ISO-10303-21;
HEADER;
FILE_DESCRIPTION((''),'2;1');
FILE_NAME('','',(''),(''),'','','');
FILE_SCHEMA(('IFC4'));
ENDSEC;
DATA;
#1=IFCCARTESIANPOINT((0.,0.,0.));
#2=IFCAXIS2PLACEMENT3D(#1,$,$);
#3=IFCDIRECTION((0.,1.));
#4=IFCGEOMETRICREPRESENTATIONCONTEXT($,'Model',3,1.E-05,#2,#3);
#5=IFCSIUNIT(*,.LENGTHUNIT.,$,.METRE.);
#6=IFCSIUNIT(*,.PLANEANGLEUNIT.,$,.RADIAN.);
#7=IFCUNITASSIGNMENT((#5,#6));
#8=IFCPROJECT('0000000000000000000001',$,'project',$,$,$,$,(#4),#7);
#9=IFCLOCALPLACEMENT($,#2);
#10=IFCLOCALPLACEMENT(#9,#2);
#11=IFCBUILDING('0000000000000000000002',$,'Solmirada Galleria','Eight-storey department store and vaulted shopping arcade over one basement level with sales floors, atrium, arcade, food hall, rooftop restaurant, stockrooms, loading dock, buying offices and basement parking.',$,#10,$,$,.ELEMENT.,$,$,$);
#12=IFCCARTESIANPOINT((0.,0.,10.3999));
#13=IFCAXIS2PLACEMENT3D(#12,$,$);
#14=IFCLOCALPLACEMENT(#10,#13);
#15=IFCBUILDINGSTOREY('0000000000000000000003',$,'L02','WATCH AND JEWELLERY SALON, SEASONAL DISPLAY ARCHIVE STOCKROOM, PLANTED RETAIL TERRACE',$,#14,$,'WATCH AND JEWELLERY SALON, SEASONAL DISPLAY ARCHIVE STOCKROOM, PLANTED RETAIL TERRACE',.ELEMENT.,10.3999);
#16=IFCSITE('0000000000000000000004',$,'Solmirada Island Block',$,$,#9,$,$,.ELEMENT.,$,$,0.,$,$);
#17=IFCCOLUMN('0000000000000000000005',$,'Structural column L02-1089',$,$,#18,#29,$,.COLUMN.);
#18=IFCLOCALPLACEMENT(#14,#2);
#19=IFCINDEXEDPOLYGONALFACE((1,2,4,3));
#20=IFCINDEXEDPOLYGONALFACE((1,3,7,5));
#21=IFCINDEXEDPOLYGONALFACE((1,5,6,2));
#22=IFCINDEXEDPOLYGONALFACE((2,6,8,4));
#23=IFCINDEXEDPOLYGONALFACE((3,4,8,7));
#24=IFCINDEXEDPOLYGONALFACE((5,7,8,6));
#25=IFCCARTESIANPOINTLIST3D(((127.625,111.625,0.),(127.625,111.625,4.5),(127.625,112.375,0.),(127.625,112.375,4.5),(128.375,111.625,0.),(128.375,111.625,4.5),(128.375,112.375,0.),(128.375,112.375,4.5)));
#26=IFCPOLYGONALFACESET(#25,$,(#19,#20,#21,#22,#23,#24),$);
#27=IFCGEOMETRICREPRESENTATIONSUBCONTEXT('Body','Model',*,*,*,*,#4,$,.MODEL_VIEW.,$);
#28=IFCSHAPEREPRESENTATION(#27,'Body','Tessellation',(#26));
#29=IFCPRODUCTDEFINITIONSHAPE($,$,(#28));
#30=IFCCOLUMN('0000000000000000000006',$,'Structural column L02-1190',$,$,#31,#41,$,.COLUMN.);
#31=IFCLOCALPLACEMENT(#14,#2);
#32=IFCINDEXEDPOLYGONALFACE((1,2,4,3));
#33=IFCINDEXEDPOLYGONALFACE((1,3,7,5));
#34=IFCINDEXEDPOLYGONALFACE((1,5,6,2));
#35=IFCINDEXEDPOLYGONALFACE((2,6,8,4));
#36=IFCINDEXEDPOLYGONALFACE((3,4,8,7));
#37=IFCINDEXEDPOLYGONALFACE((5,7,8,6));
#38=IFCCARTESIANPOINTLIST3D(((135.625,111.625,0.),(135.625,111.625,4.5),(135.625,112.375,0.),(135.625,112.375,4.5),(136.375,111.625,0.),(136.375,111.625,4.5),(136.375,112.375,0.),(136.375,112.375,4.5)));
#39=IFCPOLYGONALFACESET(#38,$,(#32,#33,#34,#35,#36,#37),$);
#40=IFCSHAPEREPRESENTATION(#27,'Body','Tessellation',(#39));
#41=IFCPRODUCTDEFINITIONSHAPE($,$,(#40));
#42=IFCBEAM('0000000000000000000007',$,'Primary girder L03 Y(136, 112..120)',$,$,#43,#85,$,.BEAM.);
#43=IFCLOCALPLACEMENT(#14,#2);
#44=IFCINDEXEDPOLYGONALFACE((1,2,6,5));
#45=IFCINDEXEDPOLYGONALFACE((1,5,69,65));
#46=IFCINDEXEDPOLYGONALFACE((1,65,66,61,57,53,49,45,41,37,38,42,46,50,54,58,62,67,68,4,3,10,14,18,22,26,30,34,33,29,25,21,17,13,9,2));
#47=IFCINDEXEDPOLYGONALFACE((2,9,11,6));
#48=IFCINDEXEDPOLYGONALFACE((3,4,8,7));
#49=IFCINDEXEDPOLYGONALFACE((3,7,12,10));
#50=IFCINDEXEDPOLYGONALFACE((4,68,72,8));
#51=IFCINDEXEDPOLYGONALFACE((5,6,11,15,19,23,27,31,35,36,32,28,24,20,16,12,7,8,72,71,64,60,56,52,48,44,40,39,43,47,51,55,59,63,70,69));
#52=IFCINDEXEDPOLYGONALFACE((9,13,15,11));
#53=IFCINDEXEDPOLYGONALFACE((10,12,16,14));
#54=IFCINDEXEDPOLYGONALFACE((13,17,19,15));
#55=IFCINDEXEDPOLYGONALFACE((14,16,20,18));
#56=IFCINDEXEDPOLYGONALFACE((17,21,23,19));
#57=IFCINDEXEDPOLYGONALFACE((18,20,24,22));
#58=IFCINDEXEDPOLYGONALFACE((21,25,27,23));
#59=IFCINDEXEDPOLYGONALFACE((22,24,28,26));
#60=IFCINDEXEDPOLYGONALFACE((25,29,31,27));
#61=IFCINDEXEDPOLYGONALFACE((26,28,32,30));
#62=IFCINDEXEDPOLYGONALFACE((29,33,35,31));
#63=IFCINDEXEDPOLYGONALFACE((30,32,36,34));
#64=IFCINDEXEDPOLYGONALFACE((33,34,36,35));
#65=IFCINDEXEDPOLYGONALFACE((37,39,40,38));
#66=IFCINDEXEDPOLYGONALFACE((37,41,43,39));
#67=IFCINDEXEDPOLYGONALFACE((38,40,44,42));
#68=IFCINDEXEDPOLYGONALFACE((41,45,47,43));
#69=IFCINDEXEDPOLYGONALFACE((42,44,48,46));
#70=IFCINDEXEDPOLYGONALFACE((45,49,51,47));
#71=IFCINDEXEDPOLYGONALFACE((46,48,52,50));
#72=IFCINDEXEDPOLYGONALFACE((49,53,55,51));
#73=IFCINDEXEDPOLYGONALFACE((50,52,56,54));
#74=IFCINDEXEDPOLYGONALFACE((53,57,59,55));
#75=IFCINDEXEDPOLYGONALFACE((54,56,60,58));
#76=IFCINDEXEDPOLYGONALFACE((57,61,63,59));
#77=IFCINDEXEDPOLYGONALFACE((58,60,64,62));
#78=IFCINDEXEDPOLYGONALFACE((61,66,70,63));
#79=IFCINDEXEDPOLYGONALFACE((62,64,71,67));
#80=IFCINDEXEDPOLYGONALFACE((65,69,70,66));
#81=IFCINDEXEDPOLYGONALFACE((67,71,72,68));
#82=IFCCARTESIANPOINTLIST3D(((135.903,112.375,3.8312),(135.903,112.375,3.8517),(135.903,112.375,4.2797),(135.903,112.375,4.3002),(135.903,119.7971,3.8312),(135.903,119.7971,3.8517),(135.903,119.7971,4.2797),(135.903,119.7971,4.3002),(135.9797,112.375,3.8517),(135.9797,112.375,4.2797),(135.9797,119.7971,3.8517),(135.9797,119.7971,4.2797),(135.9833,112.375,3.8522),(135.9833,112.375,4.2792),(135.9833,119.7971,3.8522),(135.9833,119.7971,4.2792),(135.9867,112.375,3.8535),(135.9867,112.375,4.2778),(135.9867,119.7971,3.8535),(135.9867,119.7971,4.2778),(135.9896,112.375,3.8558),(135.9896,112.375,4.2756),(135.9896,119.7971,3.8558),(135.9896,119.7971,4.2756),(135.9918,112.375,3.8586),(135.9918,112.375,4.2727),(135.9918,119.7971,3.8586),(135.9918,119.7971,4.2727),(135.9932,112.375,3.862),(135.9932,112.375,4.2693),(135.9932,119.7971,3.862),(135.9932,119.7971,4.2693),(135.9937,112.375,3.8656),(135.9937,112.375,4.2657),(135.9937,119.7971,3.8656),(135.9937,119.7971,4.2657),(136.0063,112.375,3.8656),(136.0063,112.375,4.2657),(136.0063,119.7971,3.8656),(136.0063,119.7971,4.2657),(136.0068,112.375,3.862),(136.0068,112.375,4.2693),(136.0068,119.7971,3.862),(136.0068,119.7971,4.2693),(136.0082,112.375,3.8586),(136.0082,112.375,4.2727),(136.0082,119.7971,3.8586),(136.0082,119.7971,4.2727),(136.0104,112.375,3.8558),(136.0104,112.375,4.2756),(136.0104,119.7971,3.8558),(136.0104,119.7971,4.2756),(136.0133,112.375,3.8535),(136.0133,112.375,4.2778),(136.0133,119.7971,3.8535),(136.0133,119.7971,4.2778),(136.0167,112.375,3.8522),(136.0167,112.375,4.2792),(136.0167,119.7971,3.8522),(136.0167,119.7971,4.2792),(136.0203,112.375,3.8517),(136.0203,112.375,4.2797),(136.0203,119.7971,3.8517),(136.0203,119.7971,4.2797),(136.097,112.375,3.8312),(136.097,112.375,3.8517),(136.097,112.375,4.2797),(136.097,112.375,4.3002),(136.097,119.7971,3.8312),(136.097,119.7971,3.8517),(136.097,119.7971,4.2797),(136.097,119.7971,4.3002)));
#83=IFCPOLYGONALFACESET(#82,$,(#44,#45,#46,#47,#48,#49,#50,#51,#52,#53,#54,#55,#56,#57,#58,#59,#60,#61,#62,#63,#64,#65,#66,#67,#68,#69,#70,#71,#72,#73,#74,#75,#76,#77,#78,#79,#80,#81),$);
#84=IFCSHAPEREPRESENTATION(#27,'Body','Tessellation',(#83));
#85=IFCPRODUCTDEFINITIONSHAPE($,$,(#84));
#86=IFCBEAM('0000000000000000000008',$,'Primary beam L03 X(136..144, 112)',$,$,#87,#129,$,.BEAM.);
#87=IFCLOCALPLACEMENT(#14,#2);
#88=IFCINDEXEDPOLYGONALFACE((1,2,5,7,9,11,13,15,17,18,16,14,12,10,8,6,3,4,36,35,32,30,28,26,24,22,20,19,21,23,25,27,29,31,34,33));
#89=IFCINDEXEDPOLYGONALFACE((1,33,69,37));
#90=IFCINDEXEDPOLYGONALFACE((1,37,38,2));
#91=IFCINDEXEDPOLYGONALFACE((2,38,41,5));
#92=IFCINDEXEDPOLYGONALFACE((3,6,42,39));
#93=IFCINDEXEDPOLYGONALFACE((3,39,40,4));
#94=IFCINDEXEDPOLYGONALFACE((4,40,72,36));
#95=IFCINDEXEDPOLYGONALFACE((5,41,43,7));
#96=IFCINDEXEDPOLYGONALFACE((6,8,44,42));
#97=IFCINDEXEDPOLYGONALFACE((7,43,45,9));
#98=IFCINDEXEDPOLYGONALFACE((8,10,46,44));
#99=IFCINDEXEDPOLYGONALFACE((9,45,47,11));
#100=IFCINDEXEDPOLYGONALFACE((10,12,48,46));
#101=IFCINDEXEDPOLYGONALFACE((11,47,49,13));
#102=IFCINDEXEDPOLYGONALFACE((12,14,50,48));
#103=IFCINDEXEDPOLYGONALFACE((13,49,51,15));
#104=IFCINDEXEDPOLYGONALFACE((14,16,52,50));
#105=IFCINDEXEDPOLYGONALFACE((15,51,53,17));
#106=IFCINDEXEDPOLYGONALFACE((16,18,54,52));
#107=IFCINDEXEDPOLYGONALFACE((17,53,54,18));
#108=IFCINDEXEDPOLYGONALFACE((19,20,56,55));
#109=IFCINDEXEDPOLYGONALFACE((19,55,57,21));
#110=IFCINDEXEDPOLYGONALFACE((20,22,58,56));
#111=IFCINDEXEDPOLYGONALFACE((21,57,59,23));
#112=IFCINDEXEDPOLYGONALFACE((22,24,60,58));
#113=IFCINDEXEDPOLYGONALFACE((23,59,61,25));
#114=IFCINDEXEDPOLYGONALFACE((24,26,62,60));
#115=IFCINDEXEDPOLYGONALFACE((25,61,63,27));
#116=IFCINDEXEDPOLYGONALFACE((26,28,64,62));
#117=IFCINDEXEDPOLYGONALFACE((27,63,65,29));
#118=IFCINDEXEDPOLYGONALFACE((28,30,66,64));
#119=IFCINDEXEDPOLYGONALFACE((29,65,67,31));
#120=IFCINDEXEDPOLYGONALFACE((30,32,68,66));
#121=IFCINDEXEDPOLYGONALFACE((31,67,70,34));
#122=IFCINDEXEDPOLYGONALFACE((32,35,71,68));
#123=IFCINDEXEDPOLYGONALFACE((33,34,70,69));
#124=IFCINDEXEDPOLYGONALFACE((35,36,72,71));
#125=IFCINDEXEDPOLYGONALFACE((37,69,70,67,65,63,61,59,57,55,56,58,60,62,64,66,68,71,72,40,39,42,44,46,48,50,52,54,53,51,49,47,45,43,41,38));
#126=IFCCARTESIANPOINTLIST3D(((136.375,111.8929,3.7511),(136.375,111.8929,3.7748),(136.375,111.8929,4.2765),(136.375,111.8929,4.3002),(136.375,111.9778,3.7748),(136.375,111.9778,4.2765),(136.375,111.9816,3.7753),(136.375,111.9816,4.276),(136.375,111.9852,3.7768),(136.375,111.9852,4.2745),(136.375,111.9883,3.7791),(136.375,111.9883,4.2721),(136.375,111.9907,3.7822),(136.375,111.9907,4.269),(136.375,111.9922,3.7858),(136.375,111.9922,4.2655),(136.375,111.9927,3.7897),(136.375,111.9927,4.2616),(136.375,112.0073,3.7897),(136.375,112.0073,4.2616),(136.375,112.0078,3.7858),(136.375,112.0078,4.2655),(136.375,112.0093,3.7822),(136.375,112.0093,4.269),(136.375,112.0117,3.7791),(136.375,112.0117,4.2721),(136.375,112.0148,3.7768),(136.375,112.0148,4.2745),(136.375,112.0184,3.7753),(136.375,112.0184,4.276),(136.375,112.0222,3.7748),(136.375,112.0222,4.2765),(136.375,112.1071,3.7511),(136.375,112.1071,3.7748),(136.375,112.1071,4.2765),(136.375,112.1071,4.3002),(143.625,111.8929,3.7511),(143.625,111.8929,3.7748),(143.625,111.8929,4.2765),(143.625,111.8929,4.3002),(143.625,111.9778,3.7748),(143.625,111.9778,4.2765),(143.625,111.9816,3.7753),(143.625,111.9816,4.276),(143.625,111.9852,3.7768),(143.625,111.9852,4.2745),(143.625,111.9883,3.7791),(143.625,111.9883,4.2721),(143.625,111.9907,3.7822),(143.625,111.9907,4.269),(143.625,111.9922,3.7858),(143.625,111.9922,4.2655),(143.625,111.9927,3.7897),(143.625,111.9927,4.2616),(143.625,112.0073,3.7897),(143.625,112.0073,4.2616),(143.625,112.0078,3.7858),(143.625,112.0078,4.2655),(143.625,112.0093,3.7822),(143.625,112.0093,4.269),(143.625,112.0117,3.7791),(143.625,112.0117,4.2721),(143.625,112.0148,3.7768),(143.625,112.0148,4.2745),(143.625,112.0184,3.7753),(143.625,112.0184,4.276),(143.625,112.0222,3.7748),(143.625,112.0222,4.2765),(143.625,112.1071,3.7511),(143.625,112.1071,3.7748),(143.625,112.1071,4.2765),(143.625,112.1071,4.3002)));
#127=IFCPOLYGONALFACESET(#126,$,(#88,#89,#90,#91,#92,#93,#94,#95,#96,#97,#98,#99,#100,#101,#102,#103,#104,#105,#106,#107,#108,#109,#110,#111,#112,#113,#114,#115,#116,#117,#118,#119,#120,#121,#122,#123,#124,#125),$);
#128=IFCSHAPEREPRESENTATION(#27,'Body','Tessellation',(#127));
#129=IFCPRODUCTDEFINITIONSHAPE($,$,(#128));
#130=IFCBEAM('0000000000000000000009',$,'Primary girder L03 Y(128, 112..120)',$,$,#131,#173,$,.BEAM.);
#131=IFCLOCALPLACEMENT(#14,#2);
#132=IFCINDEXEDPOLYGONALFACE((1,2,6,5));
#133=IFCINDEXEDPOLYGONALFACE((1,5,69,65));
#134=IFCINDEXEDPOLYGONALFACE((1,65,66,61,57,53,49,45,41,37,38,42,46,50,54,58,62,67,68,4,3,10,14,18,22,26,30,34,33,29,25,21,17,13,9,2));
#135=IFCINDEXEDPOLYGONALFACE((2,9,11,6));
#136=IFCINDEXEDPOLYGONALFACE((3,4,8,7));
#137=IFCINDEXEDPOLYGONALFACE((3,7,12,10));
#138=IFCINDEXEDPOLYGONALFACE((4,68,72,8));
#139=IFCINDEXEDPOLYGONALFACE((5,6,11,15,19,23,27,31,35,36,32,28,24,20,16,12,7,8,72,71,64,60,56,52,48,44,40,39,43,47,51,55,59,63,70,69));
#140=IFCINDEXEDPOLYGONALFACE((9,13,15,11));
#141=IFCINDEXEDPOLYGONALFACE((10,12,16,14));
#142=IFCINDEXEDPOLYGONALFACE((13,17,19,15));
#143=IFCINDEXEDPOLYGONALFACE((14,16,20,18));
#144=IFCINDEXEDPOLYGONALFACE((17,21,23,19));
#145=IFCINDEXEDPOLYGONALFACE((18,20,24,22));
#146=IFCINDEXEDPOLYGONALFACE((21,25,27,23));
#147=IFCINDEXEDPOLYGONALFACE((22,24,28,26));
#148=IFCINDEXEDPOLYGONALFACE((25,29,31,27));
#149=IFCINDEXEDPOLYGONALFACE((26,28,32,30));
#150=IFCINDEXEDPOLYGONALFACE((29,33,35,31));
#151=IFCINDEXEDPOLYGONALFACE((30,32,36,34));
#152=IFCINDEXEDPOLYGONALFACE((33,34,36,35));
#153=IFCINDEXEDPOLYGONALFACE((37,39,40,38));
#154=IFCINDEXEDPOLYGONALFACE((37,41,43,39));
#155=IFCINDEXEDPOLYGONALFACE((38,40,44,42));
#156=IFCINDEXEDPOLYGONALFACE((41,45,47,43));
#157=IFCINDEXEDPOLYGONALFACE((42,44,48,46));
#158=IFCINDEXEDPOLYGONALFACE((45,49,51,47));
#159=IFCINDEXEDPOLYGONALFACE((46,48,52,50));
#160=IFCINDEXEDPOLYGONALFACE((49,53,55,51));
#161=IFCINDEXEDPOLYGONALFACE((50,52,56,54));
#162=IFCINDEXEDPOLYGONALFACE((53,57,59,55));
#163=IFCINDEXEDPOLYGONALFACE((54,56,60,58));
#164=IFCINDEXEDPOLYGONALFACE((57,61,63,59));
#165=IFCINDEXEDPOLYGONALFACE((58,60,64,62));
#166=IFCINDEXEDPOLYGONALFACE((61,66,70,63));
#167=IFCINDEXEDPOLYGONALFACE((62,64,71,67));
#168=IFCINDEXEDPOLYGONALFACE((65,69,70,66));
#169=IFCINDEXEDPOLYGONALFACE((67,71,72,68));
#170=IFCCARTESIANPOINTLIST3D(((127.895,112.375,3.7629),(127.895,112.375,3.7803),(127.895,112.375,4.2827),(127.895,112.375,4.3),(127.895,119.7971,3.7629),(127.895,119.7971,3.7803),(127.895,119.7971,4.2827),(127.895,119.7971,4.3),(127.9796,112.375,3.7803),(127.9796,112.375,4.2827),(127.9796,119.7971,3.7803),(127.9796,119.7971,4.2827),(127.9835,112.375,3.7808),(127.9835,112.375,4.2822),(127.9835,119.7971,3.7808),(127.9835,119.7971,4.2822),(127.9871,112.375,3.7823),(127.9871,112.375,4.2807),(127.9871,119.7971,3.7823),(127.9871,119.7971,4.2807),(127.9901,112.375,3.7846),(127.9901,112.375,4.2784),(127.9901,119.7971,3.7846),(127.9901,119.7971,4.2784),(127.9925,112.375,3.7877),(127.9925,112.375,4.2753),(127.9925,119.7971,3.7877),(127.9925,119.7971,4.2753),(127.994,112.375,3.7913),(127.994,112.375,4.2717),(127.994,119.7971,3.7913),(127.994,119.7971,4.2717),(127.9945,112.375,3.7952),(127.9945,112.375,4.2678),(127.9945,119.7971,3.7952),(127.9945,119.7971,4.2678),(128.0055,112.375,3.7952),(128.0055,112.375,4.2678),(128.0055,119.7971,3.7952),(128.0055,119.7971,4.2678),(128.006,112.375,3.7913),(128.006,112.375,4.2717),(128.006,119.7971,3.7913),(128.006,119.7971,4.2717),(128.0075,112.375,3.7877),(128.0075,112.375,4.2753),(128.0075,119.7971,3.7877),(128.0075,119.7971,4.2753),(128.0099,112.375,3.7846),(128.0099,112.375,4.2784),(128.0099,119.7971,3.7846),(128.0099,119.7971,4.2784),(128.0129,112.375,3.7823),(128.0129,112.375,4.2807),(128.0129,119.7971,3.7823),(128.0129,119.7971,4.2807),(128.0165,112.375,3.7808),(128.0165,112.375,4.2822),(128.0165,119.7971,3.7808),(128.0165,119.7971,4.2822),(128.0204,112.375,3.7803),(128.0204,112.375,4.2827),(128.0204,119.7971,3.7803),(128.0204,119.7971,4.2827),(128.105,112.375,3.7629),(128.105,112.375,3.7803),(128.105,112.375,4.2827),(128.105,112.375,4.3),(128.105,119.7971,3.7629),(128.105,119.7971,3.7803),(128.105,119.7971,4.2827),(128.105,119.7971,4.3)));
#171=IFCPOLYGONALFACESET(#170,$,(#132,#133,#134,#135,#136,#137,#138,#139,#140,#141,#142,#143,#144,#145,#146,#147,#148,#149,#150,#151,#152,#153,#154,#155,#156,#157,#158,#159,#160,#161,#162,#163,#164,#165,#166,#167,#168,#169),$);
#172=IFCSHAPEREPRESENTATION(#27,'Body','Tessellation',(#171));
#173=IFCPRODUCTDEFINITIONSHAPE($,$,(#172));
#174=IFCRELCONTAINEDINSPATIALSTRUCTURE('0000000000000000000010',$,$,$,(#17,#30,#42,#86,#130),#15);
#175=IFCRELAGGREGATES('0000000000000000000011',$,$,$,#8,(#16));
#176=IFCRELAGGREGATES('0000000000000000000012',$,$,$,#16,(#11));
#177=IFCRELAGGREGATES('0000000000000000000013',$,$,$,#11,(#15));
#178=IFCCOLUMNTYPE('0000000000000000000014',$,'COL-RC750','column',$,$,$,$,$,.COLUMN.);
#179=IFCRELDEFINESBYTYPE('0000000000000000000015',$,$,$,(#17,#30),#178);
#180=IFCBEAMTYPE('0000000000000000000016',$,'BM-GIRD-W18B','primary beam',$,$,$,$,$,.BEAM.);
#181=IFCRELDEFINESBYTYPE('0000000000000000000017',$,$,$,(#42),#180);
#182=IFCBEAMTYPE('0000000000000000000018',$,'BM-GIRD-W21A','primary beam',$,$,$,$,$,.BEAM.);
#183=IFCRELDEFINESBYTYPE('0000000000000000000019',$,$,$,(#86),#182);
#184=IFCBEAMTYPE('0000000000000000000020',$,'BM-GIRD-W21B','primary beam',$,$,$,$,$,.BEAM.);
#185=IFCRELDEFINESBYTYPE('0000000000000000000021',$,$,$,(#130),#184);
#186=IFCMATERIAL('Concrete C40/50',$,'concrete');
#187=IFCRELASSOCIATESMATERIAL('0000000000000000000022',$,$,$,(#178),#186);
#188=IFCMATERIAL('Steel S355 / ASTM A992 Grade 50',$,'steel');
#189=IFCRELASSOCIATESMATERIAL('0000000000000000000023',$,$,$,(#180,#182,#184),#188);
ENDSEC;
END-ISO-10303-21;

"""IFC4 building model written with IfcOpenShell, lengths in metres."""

from ifc_helpers import new_model, si_unit, direction, frame, origin, origin_2d, place, context, subcontext, project, spatial, rectangle, i_section, extrude, material, material_profile, profile_set, type_object, element, save


model = new_model("IFC4")

# Units and contexts
model_context = context("Model", 3, precision=1e-05, world=origin(), true_north=direction((0.0, 1.0)))
body_context = subcontext(model_context, "Body", "Model", "MODEL_VIEW")
ifc_project = project(units=[si_unit("LENGTHUNIT", "METRE"), si_unit("PLANEANGLEUNIT", "RADIAN")], contexts=[model_context])

# Site, building, storey
site_placement = place(None, origin())
site = spatial("IfcSite", under=ifc_project, at=site_placement, Name="Solmirada Island Block", CompositionType="ELEMENT", RefElevation=0.0)
building_placement = place(site_placement, origin())
building = spatial("IfcBuilding", under=site, at=building_placement, Name="Solmirada Galleria", Description="Eight-storey department store and vaulted shopping arcade over one basement level with sales floors, atrium, arcade, food hall, rooftop restaurant, stockrooms, loading dock, buying offices and basement parking.", CompositionType="ELEMENT")
storey_placement = place(building_placement, frame((0.0, 0.0, 10.3999)))
storey = spatial("IfcBuildingStorey", under=building, at=storey_placement, Name="L02", Description="WATCH AND JEWELLERY SALON, SEASONAL DISPLAY ARCHIVE STOCKROOM, PLANTED RETAIL TERRACE", LongName="WATCH AND JEWELLERY SALON, SEASONAL DISPLAY ARCHIVE STOCKROOM, PLANTED RETAIL TERRACE", CompositionType="ELEMENT", Elevation=10.3999)

# Columns
ifc_material_1 = material(Name="Concrete C40/50", Category="concrete")
ifc_material_profile_1 = material_profile(ifc_material_1, rectangle(XDim=0.75, YDim=0.75, at=origin_2d()), Name="RC750X750")
ifc_profile_set_1 = profile_set([ifc_material_profile_1], Name="Concrete C40/50")
column_type = type_object("IfcColumnType", Name="COL-RC750", Description="column", PredefinedType="COLUMN", material=ifc_profile_set_1)
for number, where, z_axis, x_axis, name in (
    (1, (128.0, 112.0, 0.0), (0.0, 0.0, 1.0), (1.0, 0.0, 0.0), "Structural column L02-1089"),
    (2, (136.0, 112.0, 0.0), (0.0, 0.0, 1.0), (1.0, 0.0, 0.0), "Structural column L02-1190"),
):
    element("IfcColumn", number, at=place(storey_placement, frame(where, z_axis=z_axis, x_axis=x_axis)), inside=storey, type_object=column_type, Name=name, PredefinedType="COLUMN", context=body_context, shape_type="SweptSolid", body=[
        extrude(rectangle(XDim=0.75, YDim=0.75, at=origin_2d()), origin(), (0.0, 0.0, 1.0), 4.5),
    ])

# Beams
ifc_material_2 = material(Name="Steel S355 / ASTM A992 Grade 50", Category="steel")
ifc_material_profile_2 = material_profile(ifc_material_2, i_section(OverallWidth=0.1941, OverallDepth=0.469, WebThickness=0.0127, FlangeThickness=0.0205, FilletRadius=0.0139, at=origin_2d()), Name="W18X71")
ifc_profile_set_2 = profile_set([ifc_material_profile_2], Name="Steel S355 / ASTM A992 Grade 50")
beam_type_1 = type_object("IfcBeamType", Name="BM-GIRD-W18B", Description="primary beam", PredefinedType="BEAM", material=ifc_profile_set_2)
beam_1_placement = place(storey_placement, frame((136.0, 112.375, 4.0657), z_axis=(0.0, 1.0, 0.0), x_axis=(-1.0, 0.0, 0.0)))
element("IfcBeam", 3, at=beam_1_placement, inside=storey, type_object=beam_type_1, Name="Primary girder L03 Y(136, 112..120)", PredefinedType="BEAM", context=body_context, shape_type="SweptSolid", body=[
    extrude(i_section(OverallWidth=0.1941, OverallDepth=0.469, WebThickness=0.0127, FlangeThickness=0.0205, FilletRadius=0.0139, at=origin_2d()), origin(), (0.0, 0.0, 1.0), 7.4221),
])
ifc_material_profile_3 = material_profile(ifc_material_2, i_section(OverallWidth=0.2141, OverallDepth=0.5491, WebThickness=0.0146, FlangeThickness=0.0237, FilletRadius=0.0149, at=origin_2d()), Name="W21X93")
ifc_profile_set_3 = profile_set([ifc_material_profile_3], Name="Steel S355 / ASTM A992 Grade 50")
beam_type_2 = type_object("IfcBeamType", Name="BM-GIRD-W21A", Description="primary beam", PredefinedType="BEAM", material=ifc_profile_set_3)
beam_2_placement = place(storey_placement, frame((136.375, 112.0, 4.0256), z_axis=(1.0, 0.0, 0.0), x_axis=(0.0, 1.0, 0.0)))
element("IfcBeam", 4, at=beam_2_placement, inside=storey, type_object=beam_type_2, Name="Primary beam L03 X(136..144, 112)", PredefinedType="BEAM", context=body_context, shape_type="SweptSolid", body=[
    extrude(i_section(OverallWidth=0.2141, OverallDepth=0.5491, WebThickness=0.0146, FlangeThickness=0.0237, FilletRadius=0.0149, at=origin_2d()), origin(), (0.0, 0.0, 1.0), 7.25),
])
ifc_material_profile_4 = material_profile(ifc_material_2, i_section(OverallWidth=0.21, OverallDepth=0.5371, WebThickness=0.011, FlangeThickness=0.0173, FilletRadius=0.0149, at=origin_2d()), Name="W21X68")
ifc_profile_set_4 = profile_set([ifc_material_profile_4], Name="Steel S355 / ASTM A992 Grade 50")
beam_type_3 = type_object("IfcBeamType", Name="BM-GIRD-W21B", Description="primary beam", PredefinedType="BEAM", material=ifc_profile_set_4)
beam_3_placement = place(storey_placement, frame((128.0, 112.375, 4.0315), z_axis=(0.0, 1.0, 0.0), x_axis=(-1.0, 0.0, 0.0)))
element("IfcBeam", 5, at=beam_3_placement, inside=storey, type_object=beam_type_3, Name="Primary girder L03 Y(128, 112..120)", PredefinedType="BEAM", context=body_context, shape_type="SweptSolid", body=[
    extrude(i_section(OverallWidth=0.21, OverallDepth=0.5371, WebThickness=0.011, FlangeThickness=0.0173, FilletRadius=0.0149, at=origin_2d()), origin(), (0.0, 0.0, 1.0), 7.4221),
])

save(model, "model.ifc")
